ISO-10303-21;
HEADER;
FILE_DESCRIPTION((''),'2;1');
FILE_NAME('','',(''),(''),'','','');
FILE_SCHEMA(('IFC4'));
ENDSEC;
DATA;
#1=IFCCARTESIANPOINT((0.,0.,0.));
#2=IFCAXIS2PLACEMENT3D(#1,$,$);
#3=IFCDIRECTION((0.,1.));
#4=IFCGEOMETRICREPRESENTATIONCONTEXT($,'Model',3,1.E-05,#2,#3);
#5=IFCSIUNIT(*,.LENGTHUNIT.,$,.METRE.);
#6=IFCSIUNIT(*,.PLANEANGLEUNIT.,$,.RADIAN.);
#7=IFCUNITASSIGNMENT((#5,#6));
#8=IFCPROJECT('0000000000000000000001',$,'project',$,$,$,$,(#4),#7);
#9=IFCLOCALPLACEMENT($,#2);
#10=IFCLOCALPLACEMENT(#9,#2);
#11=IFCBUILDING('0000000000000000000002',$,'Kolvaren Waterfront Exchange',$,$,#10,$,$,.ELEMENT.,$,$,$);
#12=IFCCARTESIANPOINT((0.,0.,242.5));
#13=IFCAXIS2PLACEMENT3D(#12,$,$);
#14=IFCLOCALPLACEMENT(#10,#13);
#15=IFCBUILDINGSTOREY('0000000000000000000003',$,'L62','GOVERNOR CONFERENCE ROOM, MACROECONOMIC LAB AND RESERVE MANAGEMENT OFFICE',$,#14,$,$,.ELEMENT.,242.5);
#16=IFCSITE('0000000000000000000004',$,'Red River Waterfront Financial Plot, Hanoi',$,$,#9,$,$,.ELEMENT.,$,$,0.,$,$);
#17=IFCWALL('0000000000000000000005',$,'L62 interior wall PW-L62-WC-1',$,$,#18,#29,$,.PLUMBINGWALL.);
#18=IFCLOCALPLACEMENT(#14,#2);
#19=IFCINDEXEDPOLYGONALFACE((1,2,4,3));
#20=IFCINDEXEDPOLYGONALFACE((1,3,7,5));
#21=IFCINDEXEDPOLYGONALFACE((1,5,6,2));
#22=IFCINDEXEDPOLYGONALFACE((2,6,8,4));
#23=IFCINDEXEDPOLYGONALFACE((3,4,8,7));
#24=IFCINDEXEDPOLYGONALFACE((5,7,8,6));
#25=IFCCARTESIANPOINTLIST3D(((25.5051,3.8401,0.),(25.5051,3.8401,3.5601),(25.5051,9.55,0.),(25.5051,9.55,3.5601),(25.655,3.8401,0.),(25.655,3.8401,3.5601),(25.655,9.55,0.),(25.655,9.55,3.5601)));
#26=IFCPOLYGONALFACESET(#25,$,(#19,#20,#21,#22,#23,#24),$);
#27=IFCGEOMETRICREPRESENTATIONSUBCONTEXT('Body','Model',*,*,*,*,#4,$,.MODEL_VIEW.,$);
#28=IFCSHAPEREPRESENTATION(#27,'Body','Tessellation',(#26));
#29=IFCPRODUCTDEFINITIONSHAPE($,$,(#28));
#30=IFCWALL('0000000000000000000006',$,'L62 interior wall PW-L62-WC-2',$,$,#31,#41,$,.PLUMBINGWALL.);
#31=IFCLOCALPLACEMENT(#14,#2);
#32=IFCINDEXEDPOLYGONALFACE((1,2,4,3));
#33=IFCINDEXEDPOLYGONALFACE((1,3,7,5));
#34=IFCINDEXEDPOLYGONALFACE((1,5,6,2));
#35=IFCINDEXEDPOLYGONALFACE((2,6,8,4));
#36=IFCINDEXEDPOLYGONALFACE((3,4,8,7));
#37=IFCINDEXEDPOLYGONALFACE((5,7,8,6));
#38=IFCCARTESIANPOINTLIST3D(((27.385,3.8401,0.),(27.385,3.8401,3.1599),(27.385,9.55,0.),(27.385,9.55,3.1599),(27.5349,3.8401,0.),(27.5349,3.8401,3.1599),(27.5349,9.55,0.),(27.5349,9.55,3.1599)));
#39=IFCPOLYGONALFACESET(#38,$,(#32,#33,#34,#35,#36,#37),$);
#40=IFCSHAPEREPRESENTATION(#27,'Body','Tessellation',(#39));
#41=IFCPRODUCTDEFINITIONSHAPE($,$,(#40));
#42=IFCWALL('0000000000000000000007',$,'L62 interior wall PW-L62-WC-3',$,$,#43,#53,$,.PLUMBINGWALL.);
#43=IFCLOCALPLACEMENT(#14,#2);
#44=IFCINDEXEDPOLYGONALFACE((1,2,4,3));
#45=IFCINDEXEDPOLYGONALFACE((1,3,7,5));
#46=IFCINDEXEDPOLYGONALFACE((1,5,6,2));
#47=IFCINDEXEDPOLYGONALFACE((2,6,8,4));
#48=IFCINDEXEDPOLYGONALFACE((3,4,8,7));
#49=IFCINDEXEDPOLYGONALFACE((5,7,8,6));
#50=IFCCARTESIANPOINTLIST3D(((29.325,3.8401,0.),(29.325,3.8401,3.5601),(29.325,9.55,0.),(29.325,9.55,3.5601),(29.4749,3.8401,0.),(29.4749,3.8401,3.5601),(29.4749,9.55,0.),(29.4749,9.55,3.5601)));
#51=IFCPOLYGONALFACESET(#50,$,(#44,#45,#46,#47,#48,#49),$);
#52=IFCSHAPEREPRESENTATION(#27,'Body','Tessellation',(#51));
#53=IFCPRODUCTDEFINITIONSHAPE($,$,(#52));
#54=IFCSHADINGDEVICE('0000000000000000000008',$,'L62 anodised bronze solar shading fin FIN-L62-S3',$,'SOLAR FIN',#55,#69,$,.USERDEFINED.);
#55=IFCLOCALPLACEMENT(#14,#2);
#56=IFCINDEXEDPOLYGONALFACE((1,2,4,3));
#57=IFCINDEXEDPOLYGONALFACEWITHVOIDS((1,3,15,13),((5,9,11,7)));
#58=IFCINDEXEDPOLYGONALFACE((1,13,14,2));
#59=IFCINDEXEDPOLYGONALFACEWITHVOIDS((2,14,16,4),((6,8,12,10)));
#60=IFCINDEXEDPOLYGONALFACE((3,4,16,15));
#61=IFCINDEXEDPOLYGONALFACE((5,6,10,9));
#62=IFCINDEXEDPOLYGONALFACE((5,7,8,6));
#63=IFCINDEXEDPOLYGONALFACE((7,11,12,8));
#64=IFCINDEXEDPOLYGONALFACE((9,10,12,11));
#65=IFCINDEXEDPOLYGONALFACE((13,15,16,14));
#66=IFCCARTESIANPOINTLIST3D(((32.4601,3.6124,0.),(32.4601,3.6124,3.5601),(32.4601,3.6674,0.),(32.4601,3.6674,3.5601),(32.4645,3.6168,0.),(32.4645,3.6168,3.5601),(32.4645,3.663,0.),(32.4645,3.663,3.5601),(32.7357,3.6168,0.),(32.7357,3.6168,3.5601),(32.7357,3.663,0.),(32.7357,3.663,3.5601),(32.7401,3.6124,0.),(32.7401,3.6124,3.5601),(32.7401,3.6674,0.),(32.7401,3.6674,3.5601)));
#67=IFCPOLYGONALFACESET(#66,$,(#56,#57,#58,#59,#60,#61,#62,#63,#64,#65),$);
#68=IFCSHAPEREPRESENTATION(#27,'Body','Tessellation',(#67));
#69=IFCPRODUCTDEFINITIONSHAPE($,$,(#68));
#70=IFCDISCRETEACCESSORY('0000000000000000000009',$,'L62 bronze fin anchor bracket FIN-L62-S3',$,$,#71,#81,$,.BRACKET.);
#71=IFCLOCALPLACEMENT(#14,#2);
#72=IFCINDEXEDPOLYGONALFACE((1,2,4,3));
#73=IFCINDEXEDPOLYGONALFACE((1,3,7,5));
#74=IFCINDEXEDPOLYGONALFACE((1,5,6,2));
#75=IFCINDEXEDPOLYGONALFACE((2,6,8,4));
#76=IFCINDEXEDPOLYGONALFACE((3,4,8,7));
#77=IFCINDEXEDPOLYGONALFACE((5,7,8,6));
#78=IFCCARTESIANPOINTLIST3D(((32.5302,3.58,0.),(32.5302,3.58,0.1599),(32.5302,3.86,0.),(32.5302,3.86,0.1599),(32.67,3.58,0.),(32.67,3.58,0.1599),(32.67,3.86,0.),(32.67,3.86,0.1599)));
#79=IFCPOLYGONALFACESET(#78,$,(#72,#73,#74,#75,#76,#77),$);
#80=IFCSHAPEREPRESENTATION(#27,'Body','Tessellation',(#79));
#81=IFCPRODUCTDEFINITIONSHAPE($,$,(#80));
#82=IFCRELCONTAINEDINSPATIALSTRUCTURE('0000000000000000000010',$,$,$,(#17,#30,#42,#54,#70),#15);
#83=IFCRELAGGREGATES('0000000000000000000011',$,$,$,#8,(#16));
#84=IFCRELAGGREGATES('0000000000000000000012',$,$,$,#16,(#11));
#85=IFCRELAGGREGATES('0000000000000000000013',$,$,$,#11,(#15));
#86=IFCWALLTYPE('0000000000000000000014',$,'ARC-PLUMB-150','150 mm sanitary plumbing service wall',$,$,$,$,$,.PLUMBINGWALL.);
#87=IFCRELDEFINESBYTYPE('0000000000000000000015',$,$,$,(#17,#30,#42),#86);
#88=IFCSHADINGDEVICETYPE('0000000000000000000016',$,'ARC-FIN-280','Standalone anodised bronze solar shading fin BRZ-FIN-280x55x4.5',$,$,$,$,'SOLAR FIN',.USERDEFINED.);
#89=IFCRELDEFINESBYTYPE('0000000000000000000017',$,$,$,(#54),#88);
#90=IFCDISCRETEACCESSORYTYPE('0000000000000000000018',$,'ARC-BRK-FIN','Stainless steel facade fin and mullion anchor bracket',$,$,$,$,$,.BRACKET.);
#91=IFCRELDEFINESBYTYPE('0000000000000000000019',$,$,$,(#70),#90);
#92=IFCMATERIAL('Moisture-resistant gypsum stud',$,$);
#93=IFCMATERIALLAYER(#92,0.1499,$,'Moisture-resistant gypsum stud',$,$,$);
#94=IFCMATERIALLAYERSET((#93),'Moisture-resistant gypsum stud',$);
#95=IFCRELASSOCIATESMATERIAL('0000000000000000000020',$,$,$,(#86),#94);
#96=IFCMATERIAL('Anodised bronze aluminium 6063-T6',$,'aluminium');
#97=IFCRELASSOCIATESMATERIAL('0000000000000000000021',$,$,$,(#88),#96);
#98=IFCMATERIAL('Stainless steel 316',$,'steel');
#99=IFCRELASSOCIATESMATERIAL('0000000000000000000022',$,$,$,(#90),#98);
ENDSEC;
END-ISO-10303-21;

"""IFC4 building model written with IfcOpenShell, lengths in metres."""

from ifc_helpers import new_model, si_unit, direction, frame, frame_2d, origin, origin_with_axes, origin_2d, place, context, subcontext, project, spatial, rectangle, hollow_rectangle, extrude, source, transform, mapped, material, layer, layer_set, material_profile, profile_set, type_object, element, save


model = new_model("IFC4")

# Units and contexts
model_context = context("Model", 3, precision=1e-05, world=origin(), true_north=direction((0.0, 1.0)))
body_context = subcontext(model_context, "Body", "Model", "MODEL_VIEW")
ifc_project = project(units=[si_unit("LENGTHUNIT", "METRE"), si_unit("PLANEANGLEUNIT", "RADIAN")], contexts=[model_context])

# Site, building, storey
site_placement = place(None, origin())
site = spatial("IfcSite", under=ifc_project, at=site_placement, Name="Red River Waterfront Financial Plot, Hanoi", CompositionType="ELEMENT", RefElevation=0.0)
building_placement = place(site_placement, origin())
building = spatial("IfcBuilding", under=site, at=building_placement, Name="Kolvaren Waterfront Exchange", CompositionType="ELEMENT")
storey_placement = place(building_placement, frame((0.0, 0.0, 242.5)))
storey = spatial("IfcBuildingStorey", under=building, at=storey_placement, Name="L62", Description="GOVERNOR CONFERENCE ROOM, MACROECONOMIC LAB AND RESERVE MANAGEMENT OFFICE", CompositionType="ELEMENT", Elevation=242.5)

# Shared definitions
ifc_material_1 = material(Name="Anodised bronze aluminium 6063-T6", Category="aluminium")

# Walls
ifc_material_2 = material(Name="Moisture-resistant gypsum stud")
ifc_layer_1 = layer(ifc_material_2, 0.1499, Name="Moisture-resistant gypsum stud")
ifc_layer_set_1 = layer_set([ifc_layer_1], Name="Moisture-resistant gypsum stud")
wall_type_1 = type_object("IfcWallType", Name="ARC-PLUMB-150", Description="150 mm sanitary plumbing service wall", PredefinedType="PLUMBINGWALL", material=ifc_layer_set_1)
wall_1_placement = place(storey_placement, frame((25.5801, 3.8401, 0.0), z_axis=(0.0, 0.0, 1.0), x_axis=(0.0, 1.0, 0.0)))
element("IfcWall", 1, at=wall_1_placement, inside=storey, type_object=wall_type_1, Name="L62 interior wall PW-L62-WC-1", PredefinedType="PLUMBINGWALL", context=body_context, shape_type="SweptSolid", body=[
    extrude(rectangle(XDim=5.71, YDim=0.1499, at=frame_2d((2.855, 0.0))), origin(), (0.0, 0.0, 1.0), 3.5601),
])
wall_2_placement = place(storey_placement, frame((27.46, 3.8401, 0.0), z_axis=(0.0, 0.0, 1.0), x_axis=(0.0, 1.0, 0.0)))
element("IfcWall", 2, at=wall_2_placement, inside=storey, type_object=wall_type_1, Name="L62 interior wall PW-L62-WC-2", PredefinedType="PLUMBINGWALL", context=body_context, shape_type="SweptSolid", body=[
    extrude(rectangle(XDim=5.71, YDim=0.1499, at=frame_2d((2.855, 0.0))), origin(), (0.0, 0.0, 1.0), 3.1599),
])
wall_3_placement = place(storey_placement, frame((29.3999, 3.8401, 0.0), z_axis=(0.0, 0.0, 1.0), x_axis=(0.0, 1.0, 0.0)))
element("IfcWall", 3, at=wall_3_placement, inside=storey, type_object=wall_type_1, Name="L62 interior wall PW-L62-WC-3", PredefinedType="PLUMBINGWALL", context=body_context, shape_type="SweptSolid", body=[
    extrude(rectangle(XDim=5.71, YDim=0.1499, at=frame_2d((2.855, 0.0))), origin(), (0.0, 0.0, 1.0), 3.5601),
])

# Shading device
ifc_material_profile_1 = material_profile(ifc_material_1, hollow_rectangle(XDim=0.0549, YDim=0.28, WallThickness=0.0044, at=origin_2d()), Name="BRZ-FIN-280x55x4.5")
ifc_profile_set_1 = profile_set([ifc_material_profile_1], Name="Anodised bronze aluminium 6063-T6")
shading_device_type = type_object("IfcShadingDeviceType", Name="ARC-FIN-280", Description="Standalone anodised bronze solar shading fin BRZ-FIN-280x55x4.5", ElementType="SOLAR FIN", PredefinedType="USERDEFINED", material=ifc_profile_set_1)
shading_device_placement = place(storey_placement, frame((32.6001, 3.6399, 0.0), z_axis=(0.0, 0.0, 1.0), x_axis=(0.0, -1.0, 0.0)))
element("IfcShadingDevice", 4, at=shading_device_placement, inside=storey, type_object=shading_device_type, Name="L62 anodised bronze solar shading fin FIN-L62-S3", ObjectType="SOLAR FIN", PredefinedType="USERDEFINED", context=body_context, shape_type="SweptSolid", body=[
    extrude(hollow_rectangle(XDim=0.0549, YDim=0.28, WallThickness=0.0044, at=origin_2d()), origin(), (0.0, 0.0, 1.0), 3.5601),
])

# Discrete accessory
ifc_material_3 = material(Name="Stainless steel 316", Category="steel")
discrete_accessory_type = type_object("IfcDiscreteAccessoryType", Name="ARC-BRK-FIN", Description="Stainless steel facade fin and mullion anchor bracket", PredefinedType="BRACKET", material=ifc_material_3)
shared_shape_1 = source(origin_with_axes(), body_context, "Body", "SweptSolid", [
    extrude(rectangle(XDim=0.28, YDim=0.1399, at=origin_2d()), origin(), (0.0, 0.0, 1.0), 0.1599),
])
discrete_accessory_placement = place(storey_placement, frame((32.6001, 3.72, 0.0), z_axis=(0.0, 0.0, 1.0), x_axis=(0.0, -1.0, 0.0)))
element("IfcDiscreteAccessory", 5, at=discrete_accessory_placement, inside=storey, type_object=discrete_accessory_type, Name="L62 bronze fin anchor bracket FIN-L62-S3", PredefinedType="BRACKET", context=body_context, shape_type="MappedRepresentation", body=[
    mapped(shared_shape_1, transform((0.0, 0.0, 0.0), x_axis=(1.0, 0.0, 0.0), y_axis=(0.0, 1.0, 0.0), z_axis=(0.0, 0.0, 1.0), scale=1.0)),
])

save(model, "model.ifc")
